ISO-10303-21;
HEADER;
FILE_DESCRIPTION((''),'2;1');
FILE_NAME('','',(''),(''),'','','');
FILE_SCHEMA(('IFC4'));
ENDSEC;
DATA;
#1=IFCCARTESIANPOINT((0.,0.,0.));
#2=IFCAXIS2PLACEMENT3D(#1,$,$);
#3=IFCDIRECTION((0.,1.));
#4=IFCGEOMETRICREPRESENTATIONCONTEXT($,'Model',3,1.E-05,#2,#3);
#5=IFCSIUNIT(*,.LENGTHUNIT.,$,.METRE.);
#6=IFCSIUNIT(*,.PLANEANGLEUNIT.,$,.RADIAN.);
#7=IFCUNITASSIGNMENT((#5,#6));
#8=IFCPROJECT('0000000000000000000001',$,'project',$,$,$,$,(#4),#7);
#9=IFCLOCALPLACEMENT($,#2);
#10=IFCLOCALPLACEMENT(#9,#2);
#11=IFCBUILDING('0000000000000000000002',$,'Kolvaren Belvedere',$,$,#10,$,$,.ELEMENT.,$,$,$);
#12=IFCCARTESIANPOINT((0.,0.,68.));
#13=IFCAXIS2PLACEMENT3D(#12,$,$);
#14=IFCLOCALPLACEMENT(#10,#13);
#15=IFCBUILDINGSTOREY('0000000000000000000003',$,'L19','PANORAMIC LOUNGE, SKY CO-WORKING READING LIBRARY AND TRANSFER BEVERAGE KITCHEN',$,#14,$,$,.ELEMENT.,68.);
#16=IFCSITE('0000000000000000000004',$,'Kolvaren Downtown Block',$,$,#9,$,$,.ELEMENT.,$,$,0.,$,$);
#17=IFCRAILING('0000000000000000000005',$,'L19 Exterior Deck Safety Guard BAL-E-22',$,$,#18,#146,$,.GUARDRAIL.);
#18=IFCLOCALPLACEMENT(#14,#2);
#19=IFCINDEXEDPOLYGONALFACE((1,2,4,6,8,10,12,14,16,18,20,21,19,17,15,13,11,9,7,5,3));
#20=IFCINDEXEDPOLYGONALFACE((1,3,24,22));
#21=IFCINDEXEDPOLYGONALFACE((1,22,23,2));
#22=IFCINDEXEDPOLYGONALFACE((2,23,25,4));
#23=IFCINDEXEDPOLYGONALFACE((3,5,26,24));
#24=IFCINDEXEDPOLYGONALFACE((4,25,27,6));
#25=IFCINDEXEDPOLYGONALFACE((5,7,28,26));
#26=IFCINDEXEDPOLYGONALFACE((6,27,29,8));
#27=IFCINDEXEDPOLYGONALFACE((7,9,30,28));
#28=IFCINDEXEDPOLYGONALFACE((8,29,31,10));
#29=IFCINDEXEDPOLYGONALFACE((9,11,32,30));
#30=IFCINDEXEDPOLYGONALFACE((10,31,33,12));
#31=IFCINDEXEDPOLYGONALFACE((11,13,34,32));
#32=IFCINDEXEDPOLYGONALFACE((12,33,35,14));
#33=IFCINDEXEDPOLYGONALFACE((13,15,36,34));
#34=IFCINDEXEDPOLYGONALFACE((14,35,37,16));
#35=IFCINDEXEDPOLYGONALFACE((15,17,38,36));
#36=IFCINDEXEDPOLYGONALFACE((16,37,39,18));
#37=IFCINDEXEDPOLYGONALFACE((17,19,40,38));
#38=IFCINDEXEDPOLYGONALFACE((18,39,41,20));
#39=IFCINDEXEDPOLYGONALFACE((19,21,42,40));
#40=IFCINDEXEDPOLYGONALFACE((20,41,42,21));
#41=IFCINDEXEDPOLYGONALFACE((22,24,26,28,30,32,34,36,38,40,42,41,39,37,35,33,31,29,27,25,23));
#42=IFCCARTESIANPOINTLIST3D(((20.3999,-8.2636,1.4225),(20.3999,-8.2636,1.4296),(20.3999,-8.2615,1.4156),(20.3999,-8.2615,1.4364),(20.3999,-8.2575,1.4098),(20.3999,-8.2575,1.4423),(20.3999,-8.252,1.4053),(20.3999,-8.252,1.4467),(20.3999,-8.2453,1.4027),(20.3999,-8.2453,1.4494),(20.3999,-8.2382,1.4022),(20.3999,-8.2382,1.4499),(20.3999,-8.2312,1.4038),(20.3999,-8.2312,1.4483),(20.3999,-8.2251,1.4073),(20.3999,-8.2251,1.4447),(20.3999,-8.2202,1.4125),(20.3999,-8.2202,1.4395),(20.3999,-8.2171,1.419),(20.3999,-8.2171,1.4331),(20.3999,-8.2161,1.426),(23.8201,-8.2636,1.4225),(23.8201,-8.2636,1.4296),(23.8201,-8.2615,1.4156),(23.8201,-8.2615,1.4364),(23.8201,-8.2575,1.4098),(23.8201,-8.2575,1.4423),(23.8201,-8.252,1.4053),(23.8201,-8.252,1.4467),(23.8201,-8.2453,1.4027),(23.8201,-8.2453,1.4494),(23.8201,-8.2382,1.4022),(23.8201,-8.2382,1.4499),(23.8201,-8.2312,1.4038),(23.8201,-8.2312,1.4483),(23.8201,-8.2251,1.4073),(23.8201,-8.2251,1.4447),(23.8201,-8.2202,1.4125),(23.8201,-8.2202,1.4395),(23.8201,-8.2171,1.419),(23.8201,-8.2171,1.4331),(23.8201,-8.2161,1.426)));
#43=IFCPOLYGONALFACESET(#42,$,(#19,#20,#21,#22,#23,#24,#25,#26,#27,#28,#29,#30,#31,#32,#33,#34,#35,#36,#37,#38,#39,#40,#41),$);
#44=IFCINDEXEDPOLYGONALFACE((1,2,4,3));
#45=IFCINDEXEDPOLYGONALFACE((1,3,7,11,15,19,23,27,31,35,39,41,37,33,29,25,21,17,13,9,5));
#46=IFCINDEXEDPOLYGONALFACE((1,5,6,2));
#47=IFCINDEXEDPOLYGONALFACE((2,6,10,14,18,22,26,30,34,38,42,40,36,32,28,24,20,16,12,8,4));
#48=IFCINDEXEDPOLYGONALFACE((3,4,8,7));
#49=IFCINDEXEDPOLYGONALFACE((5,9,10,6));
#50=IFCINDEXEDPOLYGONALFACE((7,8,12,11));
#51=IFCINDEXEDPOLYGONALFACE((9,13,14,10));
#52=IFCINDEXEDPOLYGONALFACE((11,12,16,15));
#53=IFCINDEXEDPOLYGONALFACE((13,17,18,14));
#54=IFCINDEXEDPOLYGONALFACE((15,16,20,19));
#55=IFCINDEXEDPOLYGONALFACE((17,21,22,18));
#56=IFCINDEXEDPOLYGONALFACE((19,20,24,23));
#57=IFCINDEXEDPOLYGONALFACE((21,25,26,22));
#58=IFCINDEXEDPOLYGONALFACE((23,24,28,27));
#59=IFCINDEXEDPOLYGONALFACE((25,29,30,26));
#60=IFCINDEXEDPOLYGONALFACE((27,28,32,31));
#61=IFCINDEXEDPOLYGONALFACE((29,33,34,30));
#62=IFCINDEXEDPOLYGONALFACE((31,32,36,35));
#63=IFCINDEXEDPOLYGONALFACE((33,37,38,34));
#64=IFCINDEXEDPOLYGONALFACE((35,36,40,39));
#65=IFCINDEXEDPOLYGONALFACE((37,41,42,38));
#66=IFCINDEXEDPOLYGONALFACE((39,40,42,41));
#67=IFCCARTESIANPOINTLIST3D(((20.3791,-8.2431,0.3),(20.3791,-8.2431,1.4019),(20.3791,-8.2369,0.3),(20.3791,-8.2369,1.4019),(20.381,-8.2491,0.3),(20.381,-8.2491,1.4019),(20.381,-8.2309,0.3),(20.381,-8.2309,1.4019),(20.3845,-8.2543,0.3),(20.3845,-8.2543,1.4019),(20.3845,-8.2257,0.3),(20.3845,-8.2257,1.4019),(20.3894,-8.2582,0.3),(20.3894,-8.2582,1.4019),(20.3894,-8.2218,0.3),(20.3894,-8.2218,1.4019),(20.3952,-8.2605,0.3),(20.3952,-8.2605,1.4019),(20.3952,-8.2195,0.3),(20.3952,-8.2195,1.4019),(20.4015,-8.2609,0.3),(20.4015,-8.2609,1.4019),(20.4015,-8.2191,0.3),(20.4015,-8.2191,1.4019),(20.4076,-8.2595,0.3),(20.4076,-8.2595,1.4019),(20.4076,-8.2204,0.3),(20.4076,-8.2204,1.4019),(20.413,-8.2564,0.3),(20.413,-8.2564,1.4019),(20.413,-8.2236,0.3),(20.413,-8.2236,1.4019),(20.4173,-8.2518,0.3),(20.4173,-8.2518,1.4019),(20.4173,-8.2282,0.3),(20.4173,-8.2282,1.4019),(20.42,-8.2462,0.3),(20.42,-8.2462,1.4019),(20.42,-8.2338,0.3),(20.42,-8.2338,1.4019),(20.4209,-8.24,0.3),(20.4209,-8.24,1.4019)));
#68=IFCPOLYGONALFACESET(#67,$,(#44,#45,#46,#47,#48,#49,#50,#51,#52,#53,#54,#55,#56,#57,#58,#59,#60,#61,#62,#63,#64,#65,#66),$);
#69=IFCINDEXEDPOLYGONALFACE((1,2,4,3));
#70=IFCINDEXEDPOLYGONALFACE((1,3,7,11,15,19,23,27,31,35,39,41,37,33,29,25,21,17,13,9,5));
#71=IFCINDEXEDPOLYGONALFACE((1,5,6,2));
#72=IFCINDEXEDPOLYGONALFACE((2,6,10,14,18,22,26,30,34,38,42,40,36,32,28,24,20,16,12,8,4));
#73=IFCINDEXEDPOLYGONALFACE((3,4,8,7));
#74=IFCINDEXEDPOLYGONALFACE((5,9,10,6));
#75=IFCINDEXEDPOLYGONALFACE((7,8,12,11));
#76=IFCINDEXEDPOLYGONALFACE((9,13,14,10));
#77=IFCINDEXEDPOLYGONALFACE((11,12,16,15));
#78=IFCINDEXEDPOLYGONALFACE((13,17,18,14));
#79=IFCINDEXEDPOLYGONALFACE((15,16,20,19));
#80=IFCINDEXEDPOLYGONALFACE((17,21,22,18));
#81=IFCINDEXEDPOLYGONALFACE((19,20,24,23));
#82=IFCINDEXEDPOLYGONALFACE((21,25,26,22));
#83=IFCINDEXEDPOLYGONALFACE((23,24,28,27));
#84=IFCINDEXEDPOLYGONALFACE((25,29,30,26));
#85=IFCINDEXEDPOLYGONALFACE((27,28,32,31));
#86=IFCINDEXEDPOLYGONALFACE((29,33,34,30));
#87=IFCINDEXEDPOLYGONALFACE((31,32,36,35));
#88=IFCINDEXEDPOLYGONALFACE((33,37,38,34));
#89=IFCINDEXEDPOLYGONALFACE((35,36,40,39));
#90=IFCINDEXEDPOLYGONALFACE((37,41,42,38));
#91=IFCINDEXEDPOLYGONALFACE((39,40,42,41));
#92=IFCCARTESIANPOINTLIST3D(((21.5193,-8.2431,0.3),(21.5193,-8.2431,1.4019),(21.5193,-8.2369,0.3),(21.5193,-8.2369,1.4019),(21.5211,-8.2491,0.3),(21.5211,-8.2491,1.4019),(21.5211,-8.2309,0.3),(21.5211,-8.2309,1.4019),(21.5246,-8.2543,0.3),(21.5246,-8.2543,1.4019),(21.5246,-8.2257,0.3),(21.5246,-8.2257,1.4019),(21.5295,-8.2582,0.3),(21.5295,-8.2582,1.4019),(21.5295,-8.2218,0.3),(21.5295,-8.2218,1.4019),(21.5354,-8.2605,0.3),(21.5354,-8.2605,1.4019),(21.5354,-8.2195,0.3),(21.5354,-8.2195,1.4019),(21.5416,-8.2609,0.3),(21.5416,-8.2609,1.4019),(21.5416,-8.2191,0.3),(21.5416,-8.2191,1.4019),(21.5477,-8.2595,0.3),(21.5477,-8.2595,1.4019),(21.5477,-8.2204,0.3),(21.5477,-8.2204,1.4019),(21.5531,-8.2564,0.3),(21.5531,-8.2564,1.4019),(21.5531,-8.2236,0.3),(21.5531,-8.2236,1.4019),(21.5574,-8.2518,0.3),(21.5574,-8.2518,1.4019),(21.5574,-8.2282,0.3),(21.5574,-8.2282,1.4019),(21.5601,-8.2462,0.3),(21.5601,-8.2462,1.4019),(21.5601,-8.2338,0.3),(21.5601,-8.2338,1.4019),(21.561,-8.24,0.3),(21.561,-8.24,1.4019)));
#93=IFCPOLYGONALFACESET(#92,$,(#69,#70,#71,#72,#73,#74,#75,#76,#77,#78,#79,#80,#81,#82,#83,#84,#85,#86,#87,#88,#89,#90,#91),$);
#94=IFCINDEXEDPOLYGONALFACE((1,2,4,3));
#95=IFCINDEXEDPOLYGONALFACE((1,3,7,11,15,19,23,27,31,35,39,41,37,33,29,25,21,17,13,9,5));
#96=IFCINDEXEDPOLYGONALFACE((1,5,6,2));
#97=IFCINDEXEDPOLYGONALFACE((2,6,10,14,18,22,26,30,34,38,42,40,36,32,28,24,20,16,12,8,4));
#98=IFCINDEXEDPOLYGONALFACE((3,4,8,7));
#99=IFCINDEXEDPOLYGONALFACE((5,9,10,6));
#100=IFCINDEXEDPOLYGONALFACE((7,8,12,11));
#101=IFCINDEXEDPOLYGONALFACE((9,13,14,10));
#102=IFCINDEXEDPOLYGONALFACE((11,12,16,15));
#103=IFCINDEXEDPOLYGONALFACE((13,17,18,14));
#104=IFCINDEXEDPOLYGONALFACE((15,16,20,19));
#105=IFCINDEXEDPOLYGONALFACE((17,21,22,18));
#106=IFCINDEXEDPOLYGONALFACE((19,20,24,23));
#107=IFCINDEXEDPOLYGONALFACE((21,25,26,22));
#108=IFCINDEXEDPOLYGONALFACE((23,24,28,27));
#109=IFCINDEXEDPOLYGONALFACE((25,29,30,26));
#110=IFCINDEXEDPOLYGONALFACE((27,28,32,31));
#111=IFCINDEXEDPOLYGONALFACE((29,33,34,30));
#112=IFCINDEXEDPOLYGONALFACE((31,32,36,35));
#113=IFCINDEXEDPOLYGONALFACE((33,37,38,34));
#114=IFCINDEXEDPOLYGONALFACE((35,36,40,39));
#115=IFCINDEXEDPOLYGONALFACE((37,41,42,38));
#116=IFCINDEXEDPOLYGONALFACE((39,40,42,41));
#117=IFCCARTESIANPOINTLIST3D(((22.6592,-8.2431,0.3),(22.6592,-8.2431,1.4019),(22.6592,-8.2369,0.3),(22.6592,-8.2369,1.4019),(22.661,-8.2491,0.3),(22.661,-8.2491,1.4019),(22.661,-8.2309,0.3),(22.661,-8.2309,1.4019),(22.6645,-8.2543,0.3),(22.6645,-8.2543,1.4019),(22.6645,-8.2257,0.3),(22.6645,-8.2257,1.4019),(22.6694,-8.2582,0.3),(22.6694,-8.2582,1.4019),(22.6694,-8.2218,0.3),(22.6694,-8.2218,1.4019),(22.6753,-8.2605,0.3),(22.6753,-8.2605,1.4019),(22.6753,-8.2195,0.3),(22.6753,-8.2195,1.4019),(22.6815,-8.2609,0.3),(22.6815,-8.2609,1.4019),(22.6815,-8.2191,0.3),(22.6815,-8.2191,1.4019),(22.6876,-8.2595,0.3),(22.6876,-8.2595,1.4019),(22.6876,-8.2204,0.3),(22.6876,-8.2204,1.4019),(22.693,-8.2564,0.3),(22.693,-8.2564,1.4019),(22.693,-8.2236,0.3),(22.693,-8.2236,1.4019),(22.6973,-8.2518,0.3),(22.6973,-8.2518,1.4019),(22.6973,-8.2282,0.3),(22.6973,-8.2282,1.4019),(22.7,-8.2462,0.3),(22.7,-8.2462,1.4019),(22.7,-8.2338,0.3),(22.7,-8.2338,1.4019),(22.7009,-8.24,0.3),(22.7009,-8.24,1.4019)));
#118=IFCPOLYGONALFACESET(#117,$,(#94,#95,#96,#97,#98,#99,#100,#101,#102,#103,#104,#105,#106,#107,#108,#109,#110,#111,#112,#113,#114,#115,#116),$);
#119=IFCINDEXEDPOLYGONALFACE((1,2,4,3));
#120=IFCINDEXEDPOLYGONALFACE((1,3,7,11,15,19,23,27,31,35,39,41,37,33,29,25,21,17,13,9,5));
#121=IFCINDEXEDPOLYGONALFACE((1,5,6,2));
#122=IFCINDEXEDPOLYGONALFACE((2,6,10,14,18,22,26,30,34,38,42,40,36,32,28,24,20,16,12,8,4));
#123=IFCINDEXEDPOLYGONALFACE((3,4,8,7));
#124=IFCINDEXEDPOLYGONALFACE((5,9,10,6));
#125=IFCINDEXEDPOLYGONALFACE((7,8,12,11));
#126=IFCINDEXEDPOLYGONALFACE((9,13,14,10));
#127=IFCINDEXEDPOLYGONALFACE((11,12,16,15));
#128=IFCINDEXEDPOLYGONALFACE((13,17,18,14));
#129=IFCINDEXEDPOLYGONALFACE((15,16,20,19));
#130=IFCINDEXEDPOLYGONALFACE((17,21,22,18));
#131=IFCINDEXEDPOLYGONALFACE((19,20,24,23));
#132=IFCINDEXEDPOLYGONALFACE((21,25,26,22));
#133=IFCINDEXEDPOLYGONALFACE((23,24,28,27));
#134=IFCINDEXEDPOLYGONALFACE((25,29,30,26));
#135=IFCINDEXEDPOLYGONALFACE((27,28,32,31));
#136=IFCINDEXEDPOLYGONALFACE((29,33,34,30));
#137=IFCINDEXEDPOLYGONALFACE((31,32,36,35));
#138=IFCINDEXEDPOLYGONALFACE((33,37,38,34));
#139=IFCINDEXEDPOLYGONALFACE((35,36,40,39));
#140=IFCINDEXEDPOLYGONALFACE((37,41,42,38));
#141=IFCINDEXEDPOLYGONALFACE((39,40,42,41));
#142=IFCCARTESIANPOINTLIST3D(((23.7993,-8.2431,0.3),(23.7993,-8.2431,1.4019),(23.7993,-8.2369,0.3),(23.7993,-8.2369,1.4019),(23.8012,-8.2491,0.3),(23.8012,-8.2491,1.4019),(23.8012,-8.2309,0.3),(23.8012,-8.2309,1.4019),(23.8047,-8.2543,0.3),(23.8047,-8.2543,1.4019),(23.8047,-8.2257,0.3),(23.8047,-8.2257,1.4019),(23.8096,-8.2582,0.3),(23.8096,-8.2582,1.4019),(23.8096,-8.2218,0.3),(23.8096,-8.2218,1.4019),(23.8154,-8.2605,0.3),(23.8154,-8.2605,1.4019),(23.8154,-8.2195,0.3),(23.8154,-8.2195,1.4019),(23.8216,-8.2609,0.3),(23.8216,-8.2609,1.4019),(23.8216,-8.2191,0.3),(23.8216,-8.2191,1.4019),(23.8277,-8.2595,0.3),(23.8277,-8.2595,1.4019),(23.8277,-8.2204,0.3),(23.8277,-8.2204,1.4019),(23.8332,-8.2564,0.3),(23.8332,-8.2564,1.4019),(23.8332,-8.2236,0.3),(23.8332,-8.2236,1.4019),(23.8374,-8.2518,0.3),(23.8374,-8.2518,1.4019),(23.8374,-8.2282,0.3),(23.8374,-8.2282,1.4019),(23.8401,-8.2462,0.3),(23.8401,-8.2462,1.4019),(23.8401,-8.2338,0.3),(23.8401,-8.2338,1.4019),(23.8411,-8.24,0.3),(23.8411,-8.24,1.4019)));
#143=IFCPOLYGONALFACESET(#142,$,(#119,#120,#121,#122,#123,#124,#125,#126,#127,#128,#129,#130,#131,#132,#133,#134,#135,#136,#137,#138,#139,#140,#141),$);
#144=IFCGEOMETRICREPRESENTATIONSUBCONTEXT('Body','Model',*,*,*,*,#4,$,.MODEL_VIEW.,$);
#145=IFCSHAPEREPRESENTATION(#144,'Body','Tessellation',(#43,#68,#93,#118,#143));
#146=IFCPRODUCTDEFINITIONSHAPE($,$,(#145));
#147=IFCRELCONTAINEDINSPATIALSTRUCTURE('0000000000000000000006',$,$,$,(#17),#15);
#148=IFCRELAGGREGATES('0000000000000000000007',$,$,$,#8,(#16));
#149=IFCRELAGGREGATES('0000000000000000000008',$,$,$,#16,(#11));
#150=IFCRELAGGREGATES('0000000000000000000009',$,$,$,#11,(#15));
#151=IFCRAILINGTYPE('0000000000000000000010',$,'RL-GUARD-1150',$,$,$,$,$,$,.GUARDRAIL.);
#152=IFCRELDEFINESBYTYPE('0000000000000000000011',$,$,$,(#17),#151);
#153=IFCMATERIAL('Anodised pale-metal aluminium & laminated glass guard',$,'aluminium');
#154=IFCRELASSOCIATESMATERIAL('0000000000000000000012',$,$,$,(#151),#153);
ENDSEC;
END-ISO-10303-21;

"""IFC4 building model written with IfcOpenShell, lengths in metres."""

from ifc_helpers import new_model, si_unit, direction, frame, origin, origin_2d, place, context, subcontext, project, spatial, circle, extrude, material, type_object, element, save


model = new_model("IFC4")

# Units and contexts
model_context = context("Model", 3, precision=1e-05, world=origin(), true_north=direction((0.0, 1.0)))
body_context = subcontext(model_context, "Body", "Model", "MODEL_VIEW")
ifc_project = project(units=[si_unit("LENGTHUNIT", "METRE"), si_unit("PLANEANGLEUNIT", "RADIAN")], contexts=[model_context])

# Site, building, storey
site_placement = place(None, origin())
site = spatial("IfcSite", under=ifc_project, at=site_placement, Name="Kolvaren Downtown Block", CompositionType="ELEMENT", RefElevation=0.0)
building_placement = place(site_placement, origin())
building = spatial("IfcBuilding", under=site, at=building_placement, Name="Kolvaren Belvedere", CompositionType="ELEMENT")
storey_placement = place(building_placement, frame((0.0, 0.0, 68.0)))
storey = spatial("IfcBuildingStorey", under=building, at=storey_placement, Name="L19", Description="PANORAMIC LOUNGE, SKY CO-WORKING READING LIBRARY AND TRANSFER BEVERAGE KITCHEN", CompositionType="ELEMENT", Elevation=68.0)

# Railing
ifc_material_1 = material(Name="Anodised pale-metal aluminium & laminated glass guard", Category="aluminium")
railing_type = type_object("IfcRailingType", Name="RL-GUARD-1150", PredefinedType="GUARDRAIL", material=ifc_material_1)
railing_1_placement = place(storey_placement, frame((20.3999, -8.24, 0.3)))
element("IfcRailing", 1, at=railing_1_placement, inside=storey, type_object=railing_type, Name="L19 Exterior Deck Safety Guard BAL-E-22", PredefinedType="GUARDRAIL", context=body_context, shape_type="SweptSolid", body=[
    extrude(circle(Radius=0.0239, at=origin_2d()), frame((0.0, 0.0, 1.126), z_axis=(1.0, 0.0, 0.0), x_axis=(0.0, 1.0, 0.0)), (0.0, 0.0, 1.0), 3.4202),
    extrude(circle(Radius=0.021, at=origin_2d()), origin(), (0.0, 0.0, 1.0), 1.1018),
    extrude(circle(Radius=0.021, at=origin_2d()), frame((1.1401, 0.0, 0.0)), (0.0, 0.0, 1.0), 1.1018),
    extrude(circle(Radius=0.021, at=origin_2d()), frame((2.28, 0.0, 0.0)), (0.0, 0.0, 1.0), 1.1018),
    extrude(circle(Radius=0.021, at=origin_2d()), frame((3.4202, 0.0, 0.0)), (0.0, 0.0, 1.0), 1.1018),
])

save(model, "model.ifc")
